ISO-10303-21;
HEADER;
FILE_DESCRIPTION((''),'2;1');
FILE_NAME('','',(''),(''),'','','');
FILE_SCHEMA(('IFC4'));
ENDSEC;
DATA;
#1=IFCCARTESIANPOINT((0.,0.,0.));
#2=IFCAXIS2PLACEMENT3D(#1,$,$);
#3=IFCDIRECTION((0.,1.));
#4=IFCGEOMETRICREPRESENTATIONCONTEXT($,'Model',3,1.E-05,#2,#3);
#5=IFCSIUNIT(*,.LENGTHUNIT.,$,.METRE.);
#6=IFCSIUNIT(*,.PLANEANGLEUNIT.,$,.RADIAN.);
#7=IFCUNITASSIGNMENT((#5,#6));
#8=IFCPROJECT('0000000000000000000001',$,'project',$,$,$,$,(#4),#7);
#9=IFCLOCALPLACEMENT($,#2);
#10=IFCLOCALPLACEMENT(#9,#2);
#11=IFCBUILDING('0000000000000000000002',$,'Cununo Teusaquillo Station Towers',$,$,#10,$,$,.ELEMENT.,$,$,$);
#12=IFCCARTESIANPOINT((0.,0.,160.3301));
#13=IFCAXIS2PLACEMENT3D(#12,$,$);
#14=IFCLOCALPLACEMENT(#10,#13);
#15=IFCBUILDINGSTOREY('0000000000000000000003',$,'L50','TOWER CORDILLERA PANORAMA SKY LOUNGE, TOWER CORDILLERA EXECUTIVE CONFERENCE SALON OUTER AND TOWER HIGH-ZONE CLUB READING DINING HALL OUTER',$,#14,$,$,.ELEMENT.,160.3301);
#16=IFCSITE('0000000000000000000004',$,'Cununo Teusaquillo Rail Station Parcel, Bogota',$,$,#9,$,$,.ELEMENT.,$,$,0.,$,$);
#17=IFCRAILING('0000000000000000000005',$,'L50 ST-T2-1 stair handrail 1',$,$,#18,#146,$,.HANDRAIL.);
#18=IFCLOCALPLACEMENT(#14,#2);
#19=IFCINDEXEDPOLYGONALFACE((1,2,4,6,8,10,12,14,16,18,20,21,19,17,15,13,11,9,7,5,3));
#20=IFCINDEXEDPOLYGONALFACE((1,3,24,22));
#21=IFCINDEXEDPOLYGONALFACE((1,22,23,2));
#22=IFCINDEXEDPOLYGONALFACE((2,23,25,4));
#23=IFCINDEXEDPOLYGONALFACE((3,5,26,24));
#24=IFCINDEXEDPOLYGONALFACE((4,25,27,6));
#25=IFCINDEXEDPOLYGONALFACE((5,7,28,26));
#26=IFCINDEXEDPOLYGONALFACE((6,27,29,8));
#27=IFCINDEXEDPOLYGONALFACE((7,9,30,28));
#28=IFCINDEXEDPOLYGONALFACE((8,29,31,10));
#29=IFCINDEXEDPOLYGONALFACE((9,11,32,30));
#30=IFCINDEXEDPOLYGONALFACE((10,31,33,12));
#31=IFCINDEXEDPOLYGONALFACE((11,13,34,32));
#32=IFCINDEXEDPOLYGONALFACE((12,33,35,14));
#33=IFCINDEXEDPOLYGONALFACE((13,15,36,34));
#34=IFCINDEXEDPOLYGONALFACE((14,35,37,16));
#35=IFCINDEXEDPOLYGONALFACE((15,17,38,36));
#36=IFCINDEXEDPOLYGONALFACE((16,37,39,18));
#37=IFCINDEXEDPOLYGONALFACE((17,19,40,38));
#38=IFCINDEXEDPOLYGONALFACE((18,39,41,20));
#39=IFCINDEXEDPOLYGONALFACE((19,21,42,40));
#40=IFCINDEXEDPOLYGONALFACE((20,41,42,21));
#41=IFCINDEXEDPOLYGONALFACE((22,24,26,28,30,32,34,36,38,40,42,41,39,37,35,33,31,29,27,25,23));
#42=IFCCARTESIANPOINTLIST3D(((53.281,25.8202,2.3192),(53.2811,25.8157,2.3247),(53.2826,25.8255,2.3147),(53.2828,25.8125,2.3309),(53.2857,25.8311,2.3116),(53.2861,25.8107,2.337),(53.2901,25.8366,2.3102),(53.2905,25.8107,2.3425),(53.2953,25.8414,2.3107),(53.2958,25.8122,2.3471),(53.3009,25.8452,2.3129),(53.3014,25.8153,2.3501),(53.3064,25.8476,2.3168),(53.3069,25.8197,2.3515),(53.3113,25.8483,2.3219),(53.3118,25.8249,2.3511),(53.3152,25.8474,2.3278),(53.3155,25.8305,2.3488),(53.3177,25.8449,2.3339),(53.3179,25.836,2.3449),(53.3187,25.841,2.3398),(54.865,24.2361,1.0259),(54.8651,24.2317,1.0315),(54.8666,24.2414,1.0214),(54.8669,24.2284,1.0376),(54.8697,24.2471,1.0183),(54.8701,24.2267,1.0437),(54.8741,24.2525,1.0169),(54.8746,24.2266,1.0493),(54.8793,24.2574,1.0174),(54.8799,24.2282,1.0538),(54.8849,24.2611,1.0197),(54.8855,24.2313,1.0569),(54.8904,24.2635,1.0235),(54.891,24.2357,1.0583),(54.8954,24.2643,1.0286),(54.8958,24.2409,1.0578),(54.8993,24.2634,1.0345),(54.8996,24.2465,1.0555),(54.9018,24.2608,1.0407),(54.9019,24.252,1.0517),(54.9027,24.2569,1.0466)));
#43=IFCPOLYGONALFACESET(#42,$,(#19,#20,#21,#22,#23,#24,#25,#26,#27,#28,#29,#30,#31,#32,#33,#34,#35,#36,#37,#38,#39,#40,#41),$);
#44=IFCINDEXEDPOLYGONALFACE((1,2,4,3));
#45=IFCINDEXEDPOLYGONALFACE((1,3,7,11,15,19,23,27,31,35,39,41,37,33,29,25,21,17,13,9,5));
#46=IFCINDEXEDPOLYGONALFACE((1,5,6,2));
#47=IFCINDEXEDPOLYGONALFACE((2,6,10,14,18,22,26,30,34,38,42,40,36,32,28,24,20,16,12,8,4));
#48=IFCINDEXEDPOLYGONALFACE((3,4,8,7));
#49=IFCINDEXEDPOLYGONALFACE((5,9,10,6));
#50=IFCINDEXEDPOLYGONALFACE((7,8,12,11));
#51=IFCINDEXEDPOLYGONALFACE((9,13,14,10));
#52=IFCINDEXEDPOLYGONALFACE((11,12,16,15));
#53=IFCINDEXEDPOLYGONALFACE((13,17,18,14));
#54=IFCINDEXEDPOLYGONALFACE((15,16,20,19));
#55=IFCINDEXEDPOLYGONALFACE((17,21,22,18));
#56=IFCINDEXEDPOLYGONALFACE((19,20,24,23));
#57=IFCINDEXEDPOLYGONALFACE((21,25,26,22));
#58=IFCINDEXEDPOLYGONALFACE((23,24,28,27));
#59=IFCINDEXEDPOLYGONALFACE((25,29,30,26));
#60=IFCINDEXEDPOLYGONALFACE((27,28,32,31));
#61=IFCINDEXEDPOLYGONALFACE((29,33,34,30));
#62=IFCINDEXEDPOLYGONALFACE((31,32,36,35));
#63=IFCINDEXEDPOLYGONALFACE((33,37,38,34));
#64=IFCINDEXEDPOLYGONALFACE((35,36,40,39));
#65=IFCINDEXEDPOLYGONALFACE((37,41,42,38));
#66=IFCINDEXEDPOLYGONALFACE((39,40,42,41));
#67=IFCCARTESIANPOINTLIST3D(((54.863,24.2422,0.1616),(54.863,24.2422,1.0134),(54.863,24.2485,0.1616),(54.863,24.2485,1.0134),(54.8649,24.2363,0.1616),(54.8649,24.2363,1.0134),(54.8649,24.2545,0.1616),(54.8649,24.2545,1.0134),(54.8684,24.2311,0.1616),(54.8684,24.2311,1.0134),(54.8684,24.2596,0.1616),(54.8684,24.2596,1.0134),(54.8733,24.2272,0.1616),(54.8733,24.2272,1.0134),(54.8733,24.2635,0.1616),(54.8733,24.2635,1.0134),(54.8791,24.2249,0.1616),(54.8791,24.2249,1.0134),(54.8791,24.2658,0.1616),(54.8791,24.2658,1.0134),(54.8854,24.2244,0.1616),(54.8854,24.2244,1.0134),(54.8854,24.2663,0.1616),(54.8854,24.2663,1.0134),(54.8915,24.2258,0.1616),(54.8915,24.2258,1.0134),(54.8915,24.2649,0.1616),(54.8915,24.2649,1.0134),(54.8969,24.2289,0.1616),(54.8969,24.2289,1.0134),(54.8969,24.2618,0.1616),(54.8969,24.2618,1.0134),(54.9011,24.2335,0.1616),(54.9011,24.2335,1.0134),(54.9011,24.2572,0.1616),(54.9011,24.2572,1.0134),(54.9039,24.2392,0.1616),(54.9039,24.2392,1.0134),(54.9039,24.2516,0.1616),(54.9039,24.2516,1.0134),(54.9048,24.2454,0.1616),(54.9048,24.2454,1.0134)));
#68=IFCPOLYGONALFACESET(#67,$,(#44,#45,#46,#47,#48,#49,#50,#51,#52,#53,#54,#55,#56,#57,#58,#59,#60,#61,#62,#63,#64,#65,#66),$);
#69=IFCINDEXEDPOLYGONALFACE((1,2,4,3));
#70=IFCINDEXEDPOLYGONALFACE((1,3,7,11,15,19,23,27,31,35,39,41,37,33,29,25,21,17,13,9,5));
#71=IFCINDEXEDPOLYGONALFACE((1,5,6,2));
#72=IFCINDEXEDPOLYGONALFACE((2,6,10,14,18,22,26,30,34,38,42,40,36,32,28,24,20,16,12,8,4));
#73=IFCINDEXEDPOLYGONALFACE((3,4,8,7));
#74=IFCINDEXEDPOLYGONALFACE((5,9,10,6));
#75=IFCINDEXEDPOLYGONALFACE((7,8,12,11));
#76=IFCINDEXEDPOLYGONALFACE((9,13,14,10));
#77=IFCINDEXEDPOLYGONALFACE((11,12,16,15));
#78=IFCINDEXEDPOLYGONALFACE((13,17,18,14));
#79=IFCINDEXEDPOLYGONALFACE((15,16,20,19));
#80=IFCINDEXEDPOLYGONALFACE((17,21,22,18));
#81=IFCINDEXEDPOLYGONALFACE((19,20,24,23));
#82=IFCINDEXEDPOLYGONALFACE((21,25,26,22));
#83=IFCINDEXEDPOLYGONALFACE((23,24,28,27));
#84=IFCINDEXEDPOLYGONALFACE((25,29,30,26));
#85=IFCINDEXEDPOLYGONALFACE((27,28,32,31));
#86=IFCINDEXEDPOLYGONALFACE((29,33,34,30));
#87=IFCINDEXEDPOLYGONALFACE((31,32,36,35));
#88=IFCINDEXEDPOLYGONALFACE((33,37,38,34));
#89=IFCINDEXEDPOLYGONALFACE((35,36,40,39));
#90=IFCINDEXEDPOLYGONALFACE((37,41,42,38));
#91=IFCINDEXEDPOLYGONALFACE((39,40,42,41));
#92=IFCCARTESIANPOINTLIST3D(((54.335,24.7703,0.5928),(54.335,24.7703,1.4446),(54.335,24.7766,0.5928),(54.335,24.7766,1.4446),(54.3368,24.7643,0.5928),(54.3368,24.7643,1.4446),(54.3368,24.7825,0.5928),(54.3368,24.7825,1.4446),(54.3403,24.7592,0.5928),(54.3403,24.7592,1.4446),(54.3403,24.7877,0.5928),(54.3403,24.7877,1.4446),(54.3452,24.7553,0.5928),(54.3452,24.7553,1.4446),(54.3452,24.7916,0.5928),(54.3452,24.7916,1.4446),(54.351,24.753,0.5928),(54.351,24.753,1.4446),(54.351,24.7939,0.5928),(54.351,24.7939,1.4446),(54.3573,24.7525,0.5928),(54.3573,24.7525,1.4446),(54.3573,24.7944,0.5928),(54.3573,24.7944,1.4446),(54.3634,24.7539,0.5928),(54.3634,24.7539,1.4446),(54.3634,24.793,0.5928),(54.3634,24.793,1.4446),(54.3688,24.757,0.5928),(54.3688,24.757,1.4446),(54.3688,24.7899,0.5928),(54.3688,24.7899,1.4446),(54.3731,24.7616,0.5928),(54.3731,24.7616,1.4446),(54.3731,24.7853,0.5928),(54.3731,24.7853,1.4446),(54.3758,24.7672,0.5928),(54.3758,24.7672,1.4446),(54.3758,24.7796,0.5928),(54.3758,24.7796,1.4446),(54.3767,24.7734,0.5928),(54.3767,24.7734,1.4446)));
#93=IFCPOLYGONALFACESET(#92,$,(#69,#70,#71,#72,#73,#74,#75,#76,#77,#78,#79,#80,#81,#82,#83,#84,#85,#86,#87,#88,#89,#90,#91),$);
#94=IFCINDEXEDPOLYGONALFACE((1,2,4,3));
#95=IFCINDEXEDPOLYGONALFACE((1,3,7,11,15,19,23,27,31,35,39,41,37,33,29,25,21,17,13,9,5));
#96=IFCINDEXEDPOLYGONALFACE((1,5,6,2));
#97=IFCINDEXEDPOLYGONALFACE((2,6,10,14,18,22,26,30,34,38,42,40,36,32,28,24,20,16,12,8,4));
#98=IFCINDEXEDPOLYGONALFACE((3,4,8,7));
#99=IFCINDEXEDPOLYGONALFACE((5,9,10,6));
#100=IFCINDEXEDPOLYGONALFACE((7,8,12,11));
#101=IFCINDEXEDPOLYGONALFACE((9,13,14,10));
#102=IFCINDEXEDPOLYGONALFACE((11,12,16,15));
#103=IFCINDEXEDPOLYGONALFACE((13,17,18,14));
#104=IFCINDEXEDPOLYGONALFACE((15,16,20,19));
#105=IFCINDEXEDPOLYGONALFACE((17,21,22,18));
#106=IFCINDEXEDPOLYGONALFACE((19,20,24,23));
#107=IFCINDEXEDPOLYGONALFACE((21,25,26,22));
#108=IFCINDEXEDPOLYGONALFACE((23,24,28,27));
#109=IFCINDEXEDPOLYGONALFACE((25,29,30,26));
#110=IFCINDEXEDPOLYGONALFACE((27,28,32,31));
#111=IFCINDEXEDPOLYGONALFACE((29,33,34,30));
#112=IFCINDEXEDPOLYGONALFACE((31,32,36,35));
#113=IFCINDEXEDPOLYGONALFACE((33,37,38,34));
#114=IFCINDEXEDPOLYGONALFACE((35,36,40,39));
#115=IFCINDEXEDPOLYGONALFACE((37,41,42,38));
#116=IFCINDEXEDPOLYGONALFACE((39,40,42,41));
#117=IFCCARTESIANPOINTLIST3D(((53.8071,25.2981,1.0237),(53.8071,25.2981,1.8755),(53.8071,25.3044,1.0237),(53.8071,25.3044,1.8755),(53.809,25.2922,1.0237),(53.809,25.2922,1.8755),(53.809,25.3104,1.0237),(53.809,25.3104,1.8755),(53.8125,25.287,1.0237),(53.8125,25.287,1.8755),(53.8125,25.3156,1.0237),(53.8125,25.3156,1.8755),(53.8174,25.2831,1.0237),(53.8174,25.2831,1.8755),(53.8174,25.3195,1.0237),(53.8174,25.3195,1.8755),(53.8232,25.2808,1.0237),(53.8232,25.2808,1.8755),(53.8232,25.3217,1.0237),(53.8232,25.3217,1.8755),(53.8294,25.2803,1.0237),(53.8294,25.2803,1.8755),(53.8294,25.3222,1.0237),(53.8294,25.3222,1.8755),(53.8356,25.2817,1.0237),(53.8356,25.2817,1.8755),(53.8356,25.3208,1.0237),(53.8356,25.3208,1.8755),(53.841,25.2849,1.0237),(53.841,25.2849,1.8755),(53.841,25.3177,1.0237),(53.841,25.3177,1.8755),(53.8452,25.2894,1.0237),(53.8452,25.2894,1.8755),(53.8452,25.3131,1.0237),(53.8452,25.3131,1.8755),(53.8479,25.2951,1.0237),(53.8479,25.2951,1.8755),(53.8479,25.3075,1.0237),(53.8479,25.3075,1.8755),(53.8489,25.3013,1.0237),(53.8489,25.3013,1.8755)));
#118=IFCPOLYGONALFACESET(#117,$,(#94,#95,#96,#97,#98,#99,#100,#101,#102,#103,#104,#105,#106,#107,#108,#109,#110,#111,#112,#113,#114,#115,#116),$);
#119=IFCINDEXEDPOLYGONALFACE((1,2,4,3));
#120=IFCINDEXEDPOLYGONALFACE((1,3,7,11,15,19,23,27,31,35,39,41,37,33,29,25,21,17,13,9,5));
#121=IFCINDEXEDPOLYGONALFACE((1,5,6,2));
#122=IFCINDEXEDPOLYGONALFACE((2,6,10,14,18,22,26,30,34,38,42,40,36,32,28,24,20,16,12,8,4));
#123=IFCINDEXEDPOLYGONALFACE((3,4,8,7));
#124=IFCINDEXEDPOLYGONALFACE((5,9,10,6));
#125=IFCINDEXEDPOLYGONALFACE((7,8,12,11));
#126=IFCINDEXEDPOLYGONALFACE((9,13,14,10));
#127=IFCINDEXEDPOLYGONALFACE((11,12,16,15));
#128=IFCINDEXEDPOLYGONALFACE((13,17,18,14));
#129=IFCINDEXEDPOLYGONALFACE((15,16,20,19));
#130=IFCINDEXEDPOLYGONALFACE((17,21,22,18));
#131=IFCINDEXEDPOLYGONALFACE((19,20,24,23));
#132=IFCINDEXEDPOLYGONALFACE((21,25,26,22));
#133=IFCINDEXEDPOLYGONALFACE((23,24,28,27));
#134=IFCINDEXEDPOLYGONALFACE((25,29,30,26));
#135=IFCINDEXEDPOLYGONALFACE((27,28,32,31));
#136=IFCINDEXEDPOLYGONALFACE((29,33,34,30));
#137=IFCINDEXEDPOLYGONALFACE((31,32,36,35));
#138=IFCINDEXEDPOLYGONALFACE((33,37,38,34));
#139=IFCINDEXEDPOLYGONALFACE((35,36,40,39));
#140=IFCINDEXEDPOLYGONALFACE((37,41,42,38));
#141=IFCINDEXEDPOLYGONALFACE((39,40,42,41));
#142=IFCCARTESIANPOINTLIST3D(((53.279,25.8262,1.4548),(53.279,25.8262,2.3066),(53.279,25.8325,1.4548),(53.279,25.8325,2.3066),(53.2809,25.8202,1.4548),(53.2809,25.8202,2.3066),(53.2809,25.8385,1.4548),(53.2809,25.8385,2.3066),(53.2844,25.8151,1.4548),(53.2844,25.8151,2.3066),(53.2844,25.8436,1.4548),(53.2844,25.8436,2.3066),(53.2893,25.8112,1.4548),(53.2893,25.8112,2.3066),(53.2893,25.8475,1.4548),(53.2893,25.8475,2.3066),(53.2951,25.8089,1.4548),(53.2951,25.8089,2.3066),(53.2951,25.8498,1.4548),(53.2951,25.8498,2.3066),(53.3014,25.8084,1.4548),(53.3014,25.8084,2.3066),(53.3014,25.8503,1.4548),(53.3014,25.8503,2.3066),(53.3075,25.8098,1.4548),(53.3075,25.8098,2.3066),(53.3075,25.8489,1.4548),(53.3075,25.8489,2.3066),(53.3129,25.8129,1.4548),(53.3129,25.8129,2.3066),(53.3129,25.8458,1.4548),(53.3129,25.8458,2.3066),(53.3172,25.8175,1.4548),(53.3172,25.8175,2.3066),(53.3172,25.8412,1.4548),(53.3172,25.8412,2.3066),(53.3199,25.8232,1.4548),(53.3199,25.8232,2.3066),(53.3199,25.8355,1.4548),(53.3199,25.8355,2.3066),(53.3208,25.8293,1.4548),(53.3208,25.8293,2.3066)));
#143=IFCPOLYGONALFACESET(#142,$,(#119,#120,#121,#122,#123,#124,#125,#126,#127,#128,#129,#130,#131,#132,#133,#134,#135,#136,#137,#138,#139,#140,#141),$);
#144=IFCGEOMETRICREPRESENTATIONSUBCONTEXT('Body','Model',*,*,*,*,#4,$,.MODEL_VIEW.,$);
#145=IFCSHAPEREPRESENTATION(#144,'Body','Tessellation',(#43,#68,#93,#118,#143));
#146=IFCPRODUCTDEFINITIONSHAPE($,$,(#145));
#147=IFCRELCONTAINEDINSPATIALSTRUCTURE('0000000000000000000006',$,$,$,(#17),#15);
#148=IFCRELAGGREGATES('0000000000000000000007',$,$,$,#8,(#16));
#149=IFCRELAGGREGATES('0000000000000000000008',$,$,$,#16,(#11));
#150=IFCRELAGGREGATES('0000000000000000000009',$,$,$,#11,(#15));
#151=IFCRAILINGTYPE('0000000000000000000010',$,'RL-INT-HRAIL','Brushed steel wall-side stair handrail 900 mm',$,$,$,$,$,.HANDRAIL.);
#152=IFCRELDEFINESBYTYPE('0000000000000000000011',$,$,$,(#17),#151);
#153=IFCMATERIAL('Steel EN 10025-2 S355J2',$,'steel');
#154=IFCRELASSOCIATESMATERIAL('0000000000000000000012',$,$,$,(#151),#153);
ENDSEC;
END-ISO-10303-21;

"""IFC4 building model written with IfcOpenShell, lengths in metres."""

from ifc_helpers import new_model, si_unit, direction, frame, origin, origin_2d, place, context, subcontext, project, spatial, circle, extrude, material, type_object, element, save


model = new_model("IFC4")

# Units and contexts
model_context = context("Model", 3, precision=1e-05, world=origin(), true_north=direction((0.0, 1.0)))
body_context = subcontext(model_context, "Body", "Model", "MODEL_VIEW")
ifc_project = project(units=[si_unit("LENGTHUNIT", "METRE"), si_unit("PLANEANGLEUNIT", "RADIAN")], contexts=[model_context])

# Site, building, storey
site_placement = place(None, origin())
site = spatial("IfcSite", under=ifc_project, at=site_placement, Name="Cununo Teusaquillo Rail Station Parcel, Bogota", CompositionType="ELEMENT", RefElevation=0.0)
building_placement = place(site_placement, origin())
building = spatial("IfcBuilding", under=site, at=building_placement, Name="Cununo Teusaquillo Station Towers", CompositionType="ELEMENT")
storey_placement = place(building_placement, frame((0.0, 0.0, 160.3301)))
storey = spatial("IfcBuildingStorey", under=building, at=storey_placement, Name="L50", Description="TOWER CORDILLERA PANORAMA SKY LOUNGE, TOWER CORDILLERA EXECUTIVE CONFERENCE SALON OUTER AND TOWER HIGH-ZONE CLUB READING DINING HALL OUTER", CompositionType="ELEMENT", Elevation=160.3301)

# Railing
ifc_material_1 = material(Name="Steel EN 10025-2 S355J2", Category="steel")
railing_type_1 = type_object("IfcRailingType", Name="RL-INT-HRAIL", Description="Brushed steel wall-side stair handrail 900 mm", PredefinedType="HANDRAIL", material=ifc_material_1)
railing_1_placement = place(storey_placement, frame((54.8838, 24.2454, 0.1616)))
element("IfcRailing", 1, at=railing_1_placement, inside=storey, type_object=railing_type_1, Name="L50 ST-T2-1 stair handrail 1", PredefinedType="HANDRAIL", context=body_context, shape_type="SweptSolid", body=[
    extrude(circle(Radius=0.0239, at=origin_2d()), frame((0.0, 0.0, 0.876), z_axis=(-0.612385, 0.612385, 0.49997), x_axis=(-0.707107, -0.707107, 0.0)), (0.0, 0.0, 1.0), 2.5867),
    extrude(circle(Radius=0.021, at=origin_2d()), origin(), (0.0, 0.0, 1.0), 0.8518),
    extrude(circle(Radius=0.021, at=origin_2d()), frame((-0.5281, 0.5281, 0.4312)), (0.0, 0.0, 1.0), 0.8518),
    extrude(circle(Radius=0.021, at=origin_2d()), frame((-1.0559, 1.0559, 0.8621)), (0.0, 0.0, 1.0), 0.8518),
    extrude(circle(Radius=0.021, at=origin_2d()), frame((-1.584, 1.584, 1.2932)), (0.0, 0.0, 1.0), 0.8518),
])

save(model, "model.ifc")
